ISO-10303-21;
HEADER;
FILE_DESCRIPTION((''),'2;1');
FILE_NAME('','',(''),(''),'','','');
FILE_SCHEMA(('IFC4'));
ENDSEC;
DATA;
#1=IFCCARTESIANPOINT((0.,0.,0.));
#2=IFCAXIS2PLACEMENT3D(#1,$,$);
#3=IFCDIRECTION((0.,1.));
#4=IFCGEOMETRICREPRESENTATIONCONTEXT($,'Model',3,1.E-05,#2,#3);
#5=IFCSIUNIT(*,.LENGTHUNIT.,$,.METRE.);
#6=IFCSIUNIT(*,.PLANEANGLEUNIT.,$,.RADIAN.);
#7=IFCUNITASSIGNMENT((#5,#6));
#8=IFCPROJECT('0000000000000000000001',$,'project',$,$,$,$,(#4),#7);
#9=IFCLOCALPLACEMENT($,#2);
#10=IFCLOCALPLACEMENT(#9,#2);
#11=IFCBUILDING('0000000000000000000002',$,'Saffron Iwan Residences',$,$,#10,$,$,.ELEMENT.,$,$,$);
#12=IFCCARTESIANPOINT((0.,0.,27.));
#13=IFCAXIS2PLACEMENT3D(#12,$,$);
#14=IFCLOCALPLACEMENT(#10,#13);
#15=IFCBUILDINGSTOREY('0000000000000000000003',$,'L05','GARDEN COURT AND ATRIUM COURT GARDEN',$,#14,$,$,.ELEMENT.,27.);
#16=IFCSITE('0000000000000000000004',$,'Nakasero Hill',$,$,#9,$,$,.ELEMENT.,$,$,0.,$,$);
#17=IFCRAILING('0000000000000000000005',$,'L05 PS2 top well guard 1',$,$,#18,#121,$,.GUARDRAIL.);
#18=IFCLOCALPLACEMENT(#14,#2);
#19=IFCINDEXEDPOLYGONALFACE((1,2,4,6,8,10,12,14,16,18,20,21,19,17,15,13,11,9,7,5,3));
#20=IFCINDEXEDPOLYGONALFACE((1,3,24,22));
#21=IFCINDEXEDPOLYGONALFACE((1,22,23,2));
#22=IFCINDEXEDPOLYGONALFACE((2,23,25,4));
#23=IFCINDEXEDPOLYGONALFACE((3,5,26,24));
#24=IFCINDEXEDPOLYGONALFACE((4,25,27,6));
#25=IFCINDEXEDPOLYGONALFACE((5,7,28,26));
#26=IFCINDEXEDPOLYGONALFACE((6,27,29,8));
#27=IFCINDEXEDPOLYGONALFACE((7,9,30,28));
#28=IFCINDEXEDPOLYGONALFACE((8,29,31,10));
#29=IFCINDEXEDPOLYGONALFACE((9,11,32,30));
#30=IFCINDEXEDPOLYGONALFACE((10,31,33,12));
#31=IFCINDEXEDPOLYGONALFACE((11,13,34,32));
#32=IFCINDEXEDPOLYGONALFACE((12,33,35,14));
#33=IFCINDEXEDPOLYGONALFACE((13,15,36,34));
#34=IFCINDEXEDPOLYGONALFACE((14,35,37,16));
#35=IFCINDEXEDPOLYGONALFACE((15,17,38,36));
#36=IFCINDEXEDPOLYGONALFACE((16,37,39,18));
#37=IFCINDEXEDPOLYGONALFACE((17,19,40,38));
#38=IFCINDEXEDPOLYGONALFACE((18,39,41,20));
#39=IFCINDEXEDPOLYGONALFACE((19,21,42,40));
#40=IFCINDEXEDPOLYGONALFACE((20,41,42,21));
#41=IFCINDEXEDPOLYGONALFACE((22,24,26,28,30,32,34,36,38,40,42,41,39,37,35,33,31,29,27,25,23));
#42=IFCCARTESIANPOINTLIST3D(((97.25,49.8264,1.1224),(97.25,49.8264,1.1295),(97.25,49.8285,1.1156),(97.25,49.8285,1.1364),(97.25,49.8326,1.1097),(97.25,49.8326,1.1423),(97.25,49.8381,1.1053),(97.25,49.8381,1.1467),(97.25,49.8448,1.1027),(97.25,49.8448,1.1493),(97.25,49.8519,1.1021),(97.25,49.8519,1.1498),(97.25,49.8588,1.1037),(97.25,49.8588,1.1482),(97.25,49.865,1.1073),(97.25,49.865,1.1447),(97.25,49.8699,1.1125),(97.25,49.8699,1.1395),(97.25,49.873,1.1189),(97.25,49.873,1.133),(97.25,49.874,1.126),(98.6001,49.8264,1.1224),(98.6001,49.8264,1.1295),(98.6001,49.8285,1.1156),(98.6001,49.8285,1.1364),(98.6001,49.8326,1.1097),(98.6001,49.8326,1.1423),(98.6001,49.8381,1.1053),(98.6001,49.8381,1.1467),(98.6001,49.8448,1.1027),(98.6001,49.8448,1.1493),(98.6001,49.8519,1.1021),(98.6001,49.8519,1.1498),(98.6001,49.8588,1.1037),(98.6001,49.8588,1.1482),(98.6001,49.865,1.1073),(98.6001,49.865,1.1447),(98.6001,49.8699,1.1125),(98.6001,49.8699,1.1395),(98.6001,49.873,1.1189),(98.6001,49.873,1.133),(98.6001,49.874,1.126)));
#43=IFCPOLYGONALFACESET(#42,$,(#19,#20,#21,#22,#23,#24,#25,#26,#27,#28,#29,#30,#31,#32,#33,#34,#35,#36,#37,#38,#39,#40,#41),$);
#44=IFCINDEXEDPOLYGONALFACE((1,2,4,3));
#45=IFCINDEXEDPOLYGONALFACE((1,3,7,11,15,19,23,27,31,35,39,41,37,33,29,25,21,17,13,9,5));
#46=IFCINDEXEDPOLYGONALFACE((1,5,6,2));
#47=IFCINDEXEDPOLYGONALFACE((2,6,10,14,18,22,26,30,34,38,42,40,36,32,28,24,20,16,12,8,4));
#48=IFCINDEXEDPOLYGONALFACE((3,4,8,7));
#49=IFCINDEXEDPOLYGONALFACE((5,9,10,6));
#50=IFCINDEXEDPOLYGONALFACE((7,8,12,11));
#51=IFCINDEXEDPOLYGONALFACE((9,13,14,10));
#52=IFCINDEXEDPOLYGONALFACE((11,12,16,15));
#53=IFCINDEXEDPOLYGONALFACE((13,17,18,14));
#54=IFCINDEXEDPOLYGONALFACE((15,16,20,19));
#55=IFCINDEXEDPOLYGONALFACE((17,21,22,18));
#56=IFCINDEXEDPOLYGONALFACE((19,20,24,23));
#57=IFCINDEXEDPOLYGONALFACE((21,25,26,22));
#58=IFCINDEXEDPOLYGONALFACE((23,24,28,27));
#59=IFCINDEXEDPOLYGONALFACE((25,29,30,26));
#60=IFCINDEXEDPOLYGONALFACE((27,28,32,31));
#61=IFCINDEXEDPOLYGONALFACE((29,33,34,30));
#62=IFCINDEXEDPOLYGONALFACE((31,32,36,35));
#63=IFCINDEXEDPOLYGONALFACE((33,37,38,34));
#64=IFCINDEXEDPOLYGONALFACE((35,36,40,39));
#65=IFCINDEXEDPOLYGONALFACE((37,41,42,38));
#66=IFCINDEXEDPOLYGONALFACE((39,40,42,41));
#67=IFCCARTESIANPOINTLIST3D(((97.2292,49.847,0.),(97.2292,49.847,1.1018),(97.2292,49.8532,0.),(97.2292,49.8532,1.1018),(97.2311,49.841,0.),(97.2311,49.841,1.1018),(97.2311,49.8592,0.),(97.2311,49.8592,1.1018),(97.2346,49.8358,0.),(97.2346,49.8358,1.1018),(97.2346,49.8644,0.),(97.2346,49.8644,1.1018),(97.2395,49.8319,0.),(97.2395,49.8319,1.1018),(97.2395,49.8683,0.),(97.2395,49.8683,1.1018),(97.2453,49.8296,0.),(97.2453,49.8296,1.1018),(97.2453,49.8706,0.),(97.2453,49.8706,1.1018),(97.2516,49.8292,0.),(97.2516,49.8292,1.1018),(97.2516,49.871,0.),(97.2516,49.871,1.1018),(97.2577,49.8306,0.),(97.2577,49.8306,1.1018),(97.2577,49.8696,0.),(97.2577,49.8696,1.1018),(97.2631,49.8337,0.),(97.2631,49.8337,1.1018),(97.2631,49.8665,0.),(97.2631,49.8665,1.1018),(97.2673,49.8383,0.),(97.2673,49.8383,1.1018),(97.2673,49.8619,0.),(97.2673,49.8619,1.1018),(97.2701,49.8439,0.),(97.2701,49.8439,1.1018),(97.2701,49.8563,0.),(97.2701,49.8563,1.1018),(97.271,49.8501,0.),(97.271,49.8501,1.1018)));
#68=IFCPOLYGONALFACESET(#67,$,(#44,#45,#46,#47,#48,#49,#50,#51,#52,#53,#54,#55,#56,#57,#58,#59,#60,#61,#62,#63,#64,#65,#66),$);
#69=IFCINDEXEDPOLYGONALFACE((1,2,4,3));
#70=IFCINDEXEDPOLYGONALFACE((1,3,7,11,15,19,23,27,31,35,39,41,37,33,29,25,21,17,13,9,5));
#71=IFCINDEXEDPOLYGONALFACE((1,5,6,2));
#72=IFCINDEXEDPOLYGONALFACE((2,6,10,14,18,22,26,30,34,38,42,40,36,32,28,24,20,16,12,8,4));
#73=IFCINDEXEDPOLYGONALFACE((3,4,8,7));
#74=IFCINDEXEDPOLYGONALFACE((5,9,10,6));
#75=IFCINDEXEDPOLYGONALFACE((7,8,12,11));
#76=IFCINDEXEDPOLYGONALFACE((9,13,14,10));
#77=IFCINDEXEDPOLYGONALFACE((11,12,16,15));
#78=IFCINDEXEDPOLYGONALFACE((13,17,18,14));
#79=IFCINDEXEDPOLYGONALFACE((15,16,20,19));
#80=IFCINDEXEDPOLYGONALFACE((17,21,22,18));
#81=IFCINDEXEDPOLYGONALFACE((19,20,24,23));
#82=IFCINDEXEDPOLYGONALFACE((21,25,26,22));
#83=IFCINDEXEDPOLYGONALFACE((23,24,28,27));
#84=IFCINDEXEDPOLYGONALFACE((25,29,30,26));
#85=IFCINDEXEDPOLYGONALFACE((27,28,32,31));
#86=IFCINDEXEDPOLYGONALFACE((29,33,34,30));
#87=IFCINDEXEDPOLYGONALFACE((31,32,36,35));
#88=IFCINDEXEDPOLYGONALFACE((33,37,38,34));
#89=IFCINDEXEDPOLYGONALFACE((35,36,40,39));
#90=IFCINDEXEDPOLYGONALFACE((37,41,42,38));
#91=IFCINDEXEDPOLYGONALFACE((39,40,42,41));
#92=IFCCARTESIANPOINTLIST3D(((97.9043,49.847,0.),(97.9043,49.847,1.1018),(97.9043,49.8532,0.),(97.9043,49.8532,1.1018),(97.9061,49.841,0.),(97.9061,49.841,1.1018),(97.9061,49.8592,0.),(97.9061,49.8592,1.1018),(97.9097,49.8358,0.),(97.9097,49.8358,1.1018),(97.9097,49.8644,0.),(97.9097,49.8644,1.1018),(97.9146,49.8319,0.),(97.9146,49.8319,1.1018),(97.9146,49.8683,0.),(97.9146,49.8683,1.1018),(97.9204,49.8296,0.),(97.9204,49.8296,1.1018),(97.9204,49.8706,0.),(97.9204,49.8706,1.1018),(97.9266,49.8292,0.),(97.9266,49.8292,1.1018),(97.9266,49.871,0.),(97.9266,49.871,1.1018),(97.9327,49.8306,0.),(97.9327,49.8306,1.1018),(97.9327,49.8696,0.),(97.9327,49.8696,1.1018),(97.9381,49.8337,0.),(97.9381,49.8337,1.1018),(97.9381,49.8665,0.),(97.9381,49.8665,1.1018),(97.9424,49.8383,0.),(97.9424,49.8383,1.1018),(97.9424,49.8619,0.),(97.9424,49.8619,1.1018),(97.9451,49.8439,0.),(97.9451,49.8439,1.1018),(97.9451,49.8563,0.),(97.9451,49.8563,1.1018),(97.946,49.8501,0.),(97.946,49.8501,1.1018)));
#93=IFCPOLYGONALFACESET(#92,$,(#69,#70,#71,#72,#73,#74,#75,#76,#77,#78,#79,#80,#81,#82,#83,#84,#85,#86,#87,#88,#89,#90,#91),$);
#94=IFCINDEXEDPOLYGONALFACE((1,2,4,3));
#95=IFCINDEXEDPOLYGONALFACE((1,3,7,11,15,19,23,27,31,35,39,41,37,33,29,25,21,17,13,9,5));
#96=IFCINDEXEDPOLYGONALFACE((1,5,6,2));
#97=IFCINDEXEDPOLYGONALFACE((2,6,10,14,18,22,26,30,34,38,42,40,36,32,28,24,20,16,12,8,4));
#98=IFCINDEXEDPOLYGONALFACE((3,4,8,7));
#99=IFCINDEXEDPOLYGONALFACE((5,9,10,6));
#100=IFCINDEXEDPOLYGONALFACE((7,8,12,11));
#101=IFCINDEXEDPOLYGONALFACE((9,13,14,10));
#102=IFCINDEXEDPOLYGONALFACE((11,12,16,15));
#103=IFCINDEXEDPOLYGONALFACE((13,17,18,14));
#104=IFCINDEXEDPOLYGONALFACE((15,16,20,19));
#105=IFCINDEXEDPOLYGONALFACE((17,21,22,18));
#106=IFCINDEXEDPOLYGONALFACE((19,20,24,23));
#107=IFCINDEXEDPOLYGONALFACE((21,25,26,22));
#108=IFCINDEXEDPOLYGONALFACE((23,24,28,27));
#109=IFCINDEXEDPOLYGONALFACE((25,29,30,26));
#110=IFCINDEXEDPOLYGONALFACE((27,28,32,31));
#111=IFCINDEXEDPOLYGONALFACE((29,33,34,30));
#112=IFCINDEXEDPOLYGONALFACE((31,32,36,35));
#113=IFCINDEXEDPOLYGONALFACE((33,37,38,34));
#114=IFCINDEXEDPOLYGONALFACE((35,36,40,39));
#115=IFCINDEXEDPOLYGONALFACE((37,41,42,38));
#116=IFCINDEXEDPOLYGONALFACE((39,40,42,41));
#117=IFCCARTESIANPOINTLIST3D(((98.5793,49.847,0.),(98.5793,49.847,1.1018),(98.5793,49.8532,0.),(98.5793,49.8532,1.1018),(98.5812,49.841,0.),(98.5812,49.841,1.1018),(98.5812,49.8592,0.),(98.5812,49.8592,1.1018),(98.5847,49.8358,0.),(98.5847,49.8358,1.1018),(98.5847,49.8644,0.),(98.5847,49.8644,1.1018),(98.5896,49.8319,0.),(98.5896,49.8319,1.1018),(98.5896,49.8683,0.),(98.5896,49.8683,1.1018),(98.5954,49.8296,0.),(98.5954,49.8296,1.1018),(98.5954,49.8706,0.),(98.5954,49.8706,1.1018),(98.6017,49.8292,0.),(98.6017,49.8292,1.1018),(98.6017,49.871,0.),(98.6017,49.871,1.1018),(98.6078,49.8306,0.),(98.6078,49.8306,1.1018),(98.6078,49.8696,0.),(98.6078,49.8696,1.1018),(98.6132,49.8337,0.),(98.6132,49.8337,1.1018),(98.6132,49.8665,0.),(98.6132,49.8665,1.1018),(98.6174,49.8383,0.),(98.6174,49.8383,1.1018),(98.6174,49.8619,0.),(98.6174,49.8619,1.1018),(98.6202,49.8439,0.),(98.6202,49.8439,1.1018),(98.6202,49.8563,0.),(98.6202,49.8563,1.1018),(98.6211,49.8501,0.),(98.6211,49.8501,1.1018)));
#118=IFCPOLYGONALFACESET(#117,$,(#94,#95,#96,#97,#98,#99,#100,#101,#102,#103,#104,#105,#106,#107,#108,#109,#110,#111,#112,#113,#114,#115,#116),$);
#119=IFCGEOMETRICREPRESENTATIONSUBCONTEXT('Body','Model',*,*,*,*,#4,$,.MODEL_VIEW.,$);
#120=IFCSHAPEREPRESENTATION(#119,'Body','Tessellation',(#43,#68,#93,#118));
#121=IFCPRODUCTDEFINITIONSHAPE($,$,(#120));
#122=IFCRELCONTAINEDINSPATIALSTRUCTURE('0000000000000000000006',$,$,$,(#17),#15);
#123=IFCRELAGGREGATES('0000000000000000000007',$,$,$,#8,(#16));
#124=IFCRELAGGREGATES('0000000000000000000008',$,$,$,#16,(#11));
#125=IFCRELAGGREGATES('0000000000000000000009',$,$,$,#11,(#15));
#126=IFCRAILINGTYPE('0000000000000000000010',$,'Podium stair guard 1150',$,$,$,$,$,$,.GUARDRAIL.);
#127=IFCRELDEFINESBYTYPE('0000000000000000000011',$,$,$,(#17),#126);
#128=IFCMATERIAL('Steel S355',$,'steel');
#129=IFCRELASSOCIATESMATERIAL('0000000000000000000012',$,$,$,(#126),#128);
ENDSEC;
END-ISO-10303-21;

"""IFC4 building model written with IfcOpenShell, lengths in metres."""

from ifc_helpers import new_model, si_unit, direction, frame, origin, origin_2d, place, context, subcontext, project, spatial, circle, extrude, material, type_object, element, save


model = new_model("IFC4")

# Units and contexts
model_context = context("Model", 3, precision=1e-05, world=origin(), true_north=direction((0.0, 1.0)))
body_context = subcontext(model_context, "Body", "Model", "MODEL_VIEW")
ifc_project = project(units=[si_unit("LENGTHUNIT", "METRE"), si_unit("PLANEANGLEUNIT", "RADIAN")], contexts=[model_context])

# Site, building, storey
site_placement = place(None, origin())
site = spatial("IfcSite", under=ifc_project, at=site_placement, Name="Nakasero Hill", CompositionType="ELEMENT", RefElevation=0.0)
building_placement = place(site_placement, origin())
building = spatial("IfcBuilding", under=site, at=building_placement, Name="Saffron Iwan Residences", CompositionType="ELEMENT")
storey_placement = place(building_placement, frame((0.0, 0.0, 27.0)))
storey = spatial("IfcBuildingStorey", under=building, at=storey_placement, Name="L05", Description="GARDEN COURT AND ATRIUM COURT GARDEN", CompositionType="ELEMENT", Elevation=27.0)

# Railing
ifc_material_1 = material(Name="Steel S355", Category="steel")
railing_type = type_object("IfcRailingType", Name="Podium stair guard 1150", PredefinedType="GUARDRAIL", material=ifc_material_1)
railing_1_placement = place(storey_placement, frame((97.25, 49.8501, 0.0)))
element("IfcRailing", 1, at=railing_1_placement, inside=storey, type_object=railing_type, Name="L05 PS2 top well guard 1", PredefinedType="GUARDRAIL", context=body_context, shape_type="SweptSolid", body=[
    extrude(circle(Radius=0.0239, at=origin_2d()), frame((0.0, 0.0, 1.126), z_axis=(1.0, 0.0, 0.0), x_axis=(0.0, 1.0, 0.0)), (0.0, 0.0, 1.0), 1.3501),
    extrude(circle(Radius=0.021, at=origin_2d()), origin(), (0.0, 0.0, 1.0), 1.1018),
    extrude(circle(Radius=0.021, at=origin_2d()), frame((0.675, 0.0, 0.0)), (0.0, 0.0, 1.0), 1.1018),
    extrude(circle(Radius=0.021, at=origin_2d()), frame((1.3501, 0.0, 0.0)), (0.0, 0.0, 1.0), 1.1018),
])

save(model, "model.ifc")
